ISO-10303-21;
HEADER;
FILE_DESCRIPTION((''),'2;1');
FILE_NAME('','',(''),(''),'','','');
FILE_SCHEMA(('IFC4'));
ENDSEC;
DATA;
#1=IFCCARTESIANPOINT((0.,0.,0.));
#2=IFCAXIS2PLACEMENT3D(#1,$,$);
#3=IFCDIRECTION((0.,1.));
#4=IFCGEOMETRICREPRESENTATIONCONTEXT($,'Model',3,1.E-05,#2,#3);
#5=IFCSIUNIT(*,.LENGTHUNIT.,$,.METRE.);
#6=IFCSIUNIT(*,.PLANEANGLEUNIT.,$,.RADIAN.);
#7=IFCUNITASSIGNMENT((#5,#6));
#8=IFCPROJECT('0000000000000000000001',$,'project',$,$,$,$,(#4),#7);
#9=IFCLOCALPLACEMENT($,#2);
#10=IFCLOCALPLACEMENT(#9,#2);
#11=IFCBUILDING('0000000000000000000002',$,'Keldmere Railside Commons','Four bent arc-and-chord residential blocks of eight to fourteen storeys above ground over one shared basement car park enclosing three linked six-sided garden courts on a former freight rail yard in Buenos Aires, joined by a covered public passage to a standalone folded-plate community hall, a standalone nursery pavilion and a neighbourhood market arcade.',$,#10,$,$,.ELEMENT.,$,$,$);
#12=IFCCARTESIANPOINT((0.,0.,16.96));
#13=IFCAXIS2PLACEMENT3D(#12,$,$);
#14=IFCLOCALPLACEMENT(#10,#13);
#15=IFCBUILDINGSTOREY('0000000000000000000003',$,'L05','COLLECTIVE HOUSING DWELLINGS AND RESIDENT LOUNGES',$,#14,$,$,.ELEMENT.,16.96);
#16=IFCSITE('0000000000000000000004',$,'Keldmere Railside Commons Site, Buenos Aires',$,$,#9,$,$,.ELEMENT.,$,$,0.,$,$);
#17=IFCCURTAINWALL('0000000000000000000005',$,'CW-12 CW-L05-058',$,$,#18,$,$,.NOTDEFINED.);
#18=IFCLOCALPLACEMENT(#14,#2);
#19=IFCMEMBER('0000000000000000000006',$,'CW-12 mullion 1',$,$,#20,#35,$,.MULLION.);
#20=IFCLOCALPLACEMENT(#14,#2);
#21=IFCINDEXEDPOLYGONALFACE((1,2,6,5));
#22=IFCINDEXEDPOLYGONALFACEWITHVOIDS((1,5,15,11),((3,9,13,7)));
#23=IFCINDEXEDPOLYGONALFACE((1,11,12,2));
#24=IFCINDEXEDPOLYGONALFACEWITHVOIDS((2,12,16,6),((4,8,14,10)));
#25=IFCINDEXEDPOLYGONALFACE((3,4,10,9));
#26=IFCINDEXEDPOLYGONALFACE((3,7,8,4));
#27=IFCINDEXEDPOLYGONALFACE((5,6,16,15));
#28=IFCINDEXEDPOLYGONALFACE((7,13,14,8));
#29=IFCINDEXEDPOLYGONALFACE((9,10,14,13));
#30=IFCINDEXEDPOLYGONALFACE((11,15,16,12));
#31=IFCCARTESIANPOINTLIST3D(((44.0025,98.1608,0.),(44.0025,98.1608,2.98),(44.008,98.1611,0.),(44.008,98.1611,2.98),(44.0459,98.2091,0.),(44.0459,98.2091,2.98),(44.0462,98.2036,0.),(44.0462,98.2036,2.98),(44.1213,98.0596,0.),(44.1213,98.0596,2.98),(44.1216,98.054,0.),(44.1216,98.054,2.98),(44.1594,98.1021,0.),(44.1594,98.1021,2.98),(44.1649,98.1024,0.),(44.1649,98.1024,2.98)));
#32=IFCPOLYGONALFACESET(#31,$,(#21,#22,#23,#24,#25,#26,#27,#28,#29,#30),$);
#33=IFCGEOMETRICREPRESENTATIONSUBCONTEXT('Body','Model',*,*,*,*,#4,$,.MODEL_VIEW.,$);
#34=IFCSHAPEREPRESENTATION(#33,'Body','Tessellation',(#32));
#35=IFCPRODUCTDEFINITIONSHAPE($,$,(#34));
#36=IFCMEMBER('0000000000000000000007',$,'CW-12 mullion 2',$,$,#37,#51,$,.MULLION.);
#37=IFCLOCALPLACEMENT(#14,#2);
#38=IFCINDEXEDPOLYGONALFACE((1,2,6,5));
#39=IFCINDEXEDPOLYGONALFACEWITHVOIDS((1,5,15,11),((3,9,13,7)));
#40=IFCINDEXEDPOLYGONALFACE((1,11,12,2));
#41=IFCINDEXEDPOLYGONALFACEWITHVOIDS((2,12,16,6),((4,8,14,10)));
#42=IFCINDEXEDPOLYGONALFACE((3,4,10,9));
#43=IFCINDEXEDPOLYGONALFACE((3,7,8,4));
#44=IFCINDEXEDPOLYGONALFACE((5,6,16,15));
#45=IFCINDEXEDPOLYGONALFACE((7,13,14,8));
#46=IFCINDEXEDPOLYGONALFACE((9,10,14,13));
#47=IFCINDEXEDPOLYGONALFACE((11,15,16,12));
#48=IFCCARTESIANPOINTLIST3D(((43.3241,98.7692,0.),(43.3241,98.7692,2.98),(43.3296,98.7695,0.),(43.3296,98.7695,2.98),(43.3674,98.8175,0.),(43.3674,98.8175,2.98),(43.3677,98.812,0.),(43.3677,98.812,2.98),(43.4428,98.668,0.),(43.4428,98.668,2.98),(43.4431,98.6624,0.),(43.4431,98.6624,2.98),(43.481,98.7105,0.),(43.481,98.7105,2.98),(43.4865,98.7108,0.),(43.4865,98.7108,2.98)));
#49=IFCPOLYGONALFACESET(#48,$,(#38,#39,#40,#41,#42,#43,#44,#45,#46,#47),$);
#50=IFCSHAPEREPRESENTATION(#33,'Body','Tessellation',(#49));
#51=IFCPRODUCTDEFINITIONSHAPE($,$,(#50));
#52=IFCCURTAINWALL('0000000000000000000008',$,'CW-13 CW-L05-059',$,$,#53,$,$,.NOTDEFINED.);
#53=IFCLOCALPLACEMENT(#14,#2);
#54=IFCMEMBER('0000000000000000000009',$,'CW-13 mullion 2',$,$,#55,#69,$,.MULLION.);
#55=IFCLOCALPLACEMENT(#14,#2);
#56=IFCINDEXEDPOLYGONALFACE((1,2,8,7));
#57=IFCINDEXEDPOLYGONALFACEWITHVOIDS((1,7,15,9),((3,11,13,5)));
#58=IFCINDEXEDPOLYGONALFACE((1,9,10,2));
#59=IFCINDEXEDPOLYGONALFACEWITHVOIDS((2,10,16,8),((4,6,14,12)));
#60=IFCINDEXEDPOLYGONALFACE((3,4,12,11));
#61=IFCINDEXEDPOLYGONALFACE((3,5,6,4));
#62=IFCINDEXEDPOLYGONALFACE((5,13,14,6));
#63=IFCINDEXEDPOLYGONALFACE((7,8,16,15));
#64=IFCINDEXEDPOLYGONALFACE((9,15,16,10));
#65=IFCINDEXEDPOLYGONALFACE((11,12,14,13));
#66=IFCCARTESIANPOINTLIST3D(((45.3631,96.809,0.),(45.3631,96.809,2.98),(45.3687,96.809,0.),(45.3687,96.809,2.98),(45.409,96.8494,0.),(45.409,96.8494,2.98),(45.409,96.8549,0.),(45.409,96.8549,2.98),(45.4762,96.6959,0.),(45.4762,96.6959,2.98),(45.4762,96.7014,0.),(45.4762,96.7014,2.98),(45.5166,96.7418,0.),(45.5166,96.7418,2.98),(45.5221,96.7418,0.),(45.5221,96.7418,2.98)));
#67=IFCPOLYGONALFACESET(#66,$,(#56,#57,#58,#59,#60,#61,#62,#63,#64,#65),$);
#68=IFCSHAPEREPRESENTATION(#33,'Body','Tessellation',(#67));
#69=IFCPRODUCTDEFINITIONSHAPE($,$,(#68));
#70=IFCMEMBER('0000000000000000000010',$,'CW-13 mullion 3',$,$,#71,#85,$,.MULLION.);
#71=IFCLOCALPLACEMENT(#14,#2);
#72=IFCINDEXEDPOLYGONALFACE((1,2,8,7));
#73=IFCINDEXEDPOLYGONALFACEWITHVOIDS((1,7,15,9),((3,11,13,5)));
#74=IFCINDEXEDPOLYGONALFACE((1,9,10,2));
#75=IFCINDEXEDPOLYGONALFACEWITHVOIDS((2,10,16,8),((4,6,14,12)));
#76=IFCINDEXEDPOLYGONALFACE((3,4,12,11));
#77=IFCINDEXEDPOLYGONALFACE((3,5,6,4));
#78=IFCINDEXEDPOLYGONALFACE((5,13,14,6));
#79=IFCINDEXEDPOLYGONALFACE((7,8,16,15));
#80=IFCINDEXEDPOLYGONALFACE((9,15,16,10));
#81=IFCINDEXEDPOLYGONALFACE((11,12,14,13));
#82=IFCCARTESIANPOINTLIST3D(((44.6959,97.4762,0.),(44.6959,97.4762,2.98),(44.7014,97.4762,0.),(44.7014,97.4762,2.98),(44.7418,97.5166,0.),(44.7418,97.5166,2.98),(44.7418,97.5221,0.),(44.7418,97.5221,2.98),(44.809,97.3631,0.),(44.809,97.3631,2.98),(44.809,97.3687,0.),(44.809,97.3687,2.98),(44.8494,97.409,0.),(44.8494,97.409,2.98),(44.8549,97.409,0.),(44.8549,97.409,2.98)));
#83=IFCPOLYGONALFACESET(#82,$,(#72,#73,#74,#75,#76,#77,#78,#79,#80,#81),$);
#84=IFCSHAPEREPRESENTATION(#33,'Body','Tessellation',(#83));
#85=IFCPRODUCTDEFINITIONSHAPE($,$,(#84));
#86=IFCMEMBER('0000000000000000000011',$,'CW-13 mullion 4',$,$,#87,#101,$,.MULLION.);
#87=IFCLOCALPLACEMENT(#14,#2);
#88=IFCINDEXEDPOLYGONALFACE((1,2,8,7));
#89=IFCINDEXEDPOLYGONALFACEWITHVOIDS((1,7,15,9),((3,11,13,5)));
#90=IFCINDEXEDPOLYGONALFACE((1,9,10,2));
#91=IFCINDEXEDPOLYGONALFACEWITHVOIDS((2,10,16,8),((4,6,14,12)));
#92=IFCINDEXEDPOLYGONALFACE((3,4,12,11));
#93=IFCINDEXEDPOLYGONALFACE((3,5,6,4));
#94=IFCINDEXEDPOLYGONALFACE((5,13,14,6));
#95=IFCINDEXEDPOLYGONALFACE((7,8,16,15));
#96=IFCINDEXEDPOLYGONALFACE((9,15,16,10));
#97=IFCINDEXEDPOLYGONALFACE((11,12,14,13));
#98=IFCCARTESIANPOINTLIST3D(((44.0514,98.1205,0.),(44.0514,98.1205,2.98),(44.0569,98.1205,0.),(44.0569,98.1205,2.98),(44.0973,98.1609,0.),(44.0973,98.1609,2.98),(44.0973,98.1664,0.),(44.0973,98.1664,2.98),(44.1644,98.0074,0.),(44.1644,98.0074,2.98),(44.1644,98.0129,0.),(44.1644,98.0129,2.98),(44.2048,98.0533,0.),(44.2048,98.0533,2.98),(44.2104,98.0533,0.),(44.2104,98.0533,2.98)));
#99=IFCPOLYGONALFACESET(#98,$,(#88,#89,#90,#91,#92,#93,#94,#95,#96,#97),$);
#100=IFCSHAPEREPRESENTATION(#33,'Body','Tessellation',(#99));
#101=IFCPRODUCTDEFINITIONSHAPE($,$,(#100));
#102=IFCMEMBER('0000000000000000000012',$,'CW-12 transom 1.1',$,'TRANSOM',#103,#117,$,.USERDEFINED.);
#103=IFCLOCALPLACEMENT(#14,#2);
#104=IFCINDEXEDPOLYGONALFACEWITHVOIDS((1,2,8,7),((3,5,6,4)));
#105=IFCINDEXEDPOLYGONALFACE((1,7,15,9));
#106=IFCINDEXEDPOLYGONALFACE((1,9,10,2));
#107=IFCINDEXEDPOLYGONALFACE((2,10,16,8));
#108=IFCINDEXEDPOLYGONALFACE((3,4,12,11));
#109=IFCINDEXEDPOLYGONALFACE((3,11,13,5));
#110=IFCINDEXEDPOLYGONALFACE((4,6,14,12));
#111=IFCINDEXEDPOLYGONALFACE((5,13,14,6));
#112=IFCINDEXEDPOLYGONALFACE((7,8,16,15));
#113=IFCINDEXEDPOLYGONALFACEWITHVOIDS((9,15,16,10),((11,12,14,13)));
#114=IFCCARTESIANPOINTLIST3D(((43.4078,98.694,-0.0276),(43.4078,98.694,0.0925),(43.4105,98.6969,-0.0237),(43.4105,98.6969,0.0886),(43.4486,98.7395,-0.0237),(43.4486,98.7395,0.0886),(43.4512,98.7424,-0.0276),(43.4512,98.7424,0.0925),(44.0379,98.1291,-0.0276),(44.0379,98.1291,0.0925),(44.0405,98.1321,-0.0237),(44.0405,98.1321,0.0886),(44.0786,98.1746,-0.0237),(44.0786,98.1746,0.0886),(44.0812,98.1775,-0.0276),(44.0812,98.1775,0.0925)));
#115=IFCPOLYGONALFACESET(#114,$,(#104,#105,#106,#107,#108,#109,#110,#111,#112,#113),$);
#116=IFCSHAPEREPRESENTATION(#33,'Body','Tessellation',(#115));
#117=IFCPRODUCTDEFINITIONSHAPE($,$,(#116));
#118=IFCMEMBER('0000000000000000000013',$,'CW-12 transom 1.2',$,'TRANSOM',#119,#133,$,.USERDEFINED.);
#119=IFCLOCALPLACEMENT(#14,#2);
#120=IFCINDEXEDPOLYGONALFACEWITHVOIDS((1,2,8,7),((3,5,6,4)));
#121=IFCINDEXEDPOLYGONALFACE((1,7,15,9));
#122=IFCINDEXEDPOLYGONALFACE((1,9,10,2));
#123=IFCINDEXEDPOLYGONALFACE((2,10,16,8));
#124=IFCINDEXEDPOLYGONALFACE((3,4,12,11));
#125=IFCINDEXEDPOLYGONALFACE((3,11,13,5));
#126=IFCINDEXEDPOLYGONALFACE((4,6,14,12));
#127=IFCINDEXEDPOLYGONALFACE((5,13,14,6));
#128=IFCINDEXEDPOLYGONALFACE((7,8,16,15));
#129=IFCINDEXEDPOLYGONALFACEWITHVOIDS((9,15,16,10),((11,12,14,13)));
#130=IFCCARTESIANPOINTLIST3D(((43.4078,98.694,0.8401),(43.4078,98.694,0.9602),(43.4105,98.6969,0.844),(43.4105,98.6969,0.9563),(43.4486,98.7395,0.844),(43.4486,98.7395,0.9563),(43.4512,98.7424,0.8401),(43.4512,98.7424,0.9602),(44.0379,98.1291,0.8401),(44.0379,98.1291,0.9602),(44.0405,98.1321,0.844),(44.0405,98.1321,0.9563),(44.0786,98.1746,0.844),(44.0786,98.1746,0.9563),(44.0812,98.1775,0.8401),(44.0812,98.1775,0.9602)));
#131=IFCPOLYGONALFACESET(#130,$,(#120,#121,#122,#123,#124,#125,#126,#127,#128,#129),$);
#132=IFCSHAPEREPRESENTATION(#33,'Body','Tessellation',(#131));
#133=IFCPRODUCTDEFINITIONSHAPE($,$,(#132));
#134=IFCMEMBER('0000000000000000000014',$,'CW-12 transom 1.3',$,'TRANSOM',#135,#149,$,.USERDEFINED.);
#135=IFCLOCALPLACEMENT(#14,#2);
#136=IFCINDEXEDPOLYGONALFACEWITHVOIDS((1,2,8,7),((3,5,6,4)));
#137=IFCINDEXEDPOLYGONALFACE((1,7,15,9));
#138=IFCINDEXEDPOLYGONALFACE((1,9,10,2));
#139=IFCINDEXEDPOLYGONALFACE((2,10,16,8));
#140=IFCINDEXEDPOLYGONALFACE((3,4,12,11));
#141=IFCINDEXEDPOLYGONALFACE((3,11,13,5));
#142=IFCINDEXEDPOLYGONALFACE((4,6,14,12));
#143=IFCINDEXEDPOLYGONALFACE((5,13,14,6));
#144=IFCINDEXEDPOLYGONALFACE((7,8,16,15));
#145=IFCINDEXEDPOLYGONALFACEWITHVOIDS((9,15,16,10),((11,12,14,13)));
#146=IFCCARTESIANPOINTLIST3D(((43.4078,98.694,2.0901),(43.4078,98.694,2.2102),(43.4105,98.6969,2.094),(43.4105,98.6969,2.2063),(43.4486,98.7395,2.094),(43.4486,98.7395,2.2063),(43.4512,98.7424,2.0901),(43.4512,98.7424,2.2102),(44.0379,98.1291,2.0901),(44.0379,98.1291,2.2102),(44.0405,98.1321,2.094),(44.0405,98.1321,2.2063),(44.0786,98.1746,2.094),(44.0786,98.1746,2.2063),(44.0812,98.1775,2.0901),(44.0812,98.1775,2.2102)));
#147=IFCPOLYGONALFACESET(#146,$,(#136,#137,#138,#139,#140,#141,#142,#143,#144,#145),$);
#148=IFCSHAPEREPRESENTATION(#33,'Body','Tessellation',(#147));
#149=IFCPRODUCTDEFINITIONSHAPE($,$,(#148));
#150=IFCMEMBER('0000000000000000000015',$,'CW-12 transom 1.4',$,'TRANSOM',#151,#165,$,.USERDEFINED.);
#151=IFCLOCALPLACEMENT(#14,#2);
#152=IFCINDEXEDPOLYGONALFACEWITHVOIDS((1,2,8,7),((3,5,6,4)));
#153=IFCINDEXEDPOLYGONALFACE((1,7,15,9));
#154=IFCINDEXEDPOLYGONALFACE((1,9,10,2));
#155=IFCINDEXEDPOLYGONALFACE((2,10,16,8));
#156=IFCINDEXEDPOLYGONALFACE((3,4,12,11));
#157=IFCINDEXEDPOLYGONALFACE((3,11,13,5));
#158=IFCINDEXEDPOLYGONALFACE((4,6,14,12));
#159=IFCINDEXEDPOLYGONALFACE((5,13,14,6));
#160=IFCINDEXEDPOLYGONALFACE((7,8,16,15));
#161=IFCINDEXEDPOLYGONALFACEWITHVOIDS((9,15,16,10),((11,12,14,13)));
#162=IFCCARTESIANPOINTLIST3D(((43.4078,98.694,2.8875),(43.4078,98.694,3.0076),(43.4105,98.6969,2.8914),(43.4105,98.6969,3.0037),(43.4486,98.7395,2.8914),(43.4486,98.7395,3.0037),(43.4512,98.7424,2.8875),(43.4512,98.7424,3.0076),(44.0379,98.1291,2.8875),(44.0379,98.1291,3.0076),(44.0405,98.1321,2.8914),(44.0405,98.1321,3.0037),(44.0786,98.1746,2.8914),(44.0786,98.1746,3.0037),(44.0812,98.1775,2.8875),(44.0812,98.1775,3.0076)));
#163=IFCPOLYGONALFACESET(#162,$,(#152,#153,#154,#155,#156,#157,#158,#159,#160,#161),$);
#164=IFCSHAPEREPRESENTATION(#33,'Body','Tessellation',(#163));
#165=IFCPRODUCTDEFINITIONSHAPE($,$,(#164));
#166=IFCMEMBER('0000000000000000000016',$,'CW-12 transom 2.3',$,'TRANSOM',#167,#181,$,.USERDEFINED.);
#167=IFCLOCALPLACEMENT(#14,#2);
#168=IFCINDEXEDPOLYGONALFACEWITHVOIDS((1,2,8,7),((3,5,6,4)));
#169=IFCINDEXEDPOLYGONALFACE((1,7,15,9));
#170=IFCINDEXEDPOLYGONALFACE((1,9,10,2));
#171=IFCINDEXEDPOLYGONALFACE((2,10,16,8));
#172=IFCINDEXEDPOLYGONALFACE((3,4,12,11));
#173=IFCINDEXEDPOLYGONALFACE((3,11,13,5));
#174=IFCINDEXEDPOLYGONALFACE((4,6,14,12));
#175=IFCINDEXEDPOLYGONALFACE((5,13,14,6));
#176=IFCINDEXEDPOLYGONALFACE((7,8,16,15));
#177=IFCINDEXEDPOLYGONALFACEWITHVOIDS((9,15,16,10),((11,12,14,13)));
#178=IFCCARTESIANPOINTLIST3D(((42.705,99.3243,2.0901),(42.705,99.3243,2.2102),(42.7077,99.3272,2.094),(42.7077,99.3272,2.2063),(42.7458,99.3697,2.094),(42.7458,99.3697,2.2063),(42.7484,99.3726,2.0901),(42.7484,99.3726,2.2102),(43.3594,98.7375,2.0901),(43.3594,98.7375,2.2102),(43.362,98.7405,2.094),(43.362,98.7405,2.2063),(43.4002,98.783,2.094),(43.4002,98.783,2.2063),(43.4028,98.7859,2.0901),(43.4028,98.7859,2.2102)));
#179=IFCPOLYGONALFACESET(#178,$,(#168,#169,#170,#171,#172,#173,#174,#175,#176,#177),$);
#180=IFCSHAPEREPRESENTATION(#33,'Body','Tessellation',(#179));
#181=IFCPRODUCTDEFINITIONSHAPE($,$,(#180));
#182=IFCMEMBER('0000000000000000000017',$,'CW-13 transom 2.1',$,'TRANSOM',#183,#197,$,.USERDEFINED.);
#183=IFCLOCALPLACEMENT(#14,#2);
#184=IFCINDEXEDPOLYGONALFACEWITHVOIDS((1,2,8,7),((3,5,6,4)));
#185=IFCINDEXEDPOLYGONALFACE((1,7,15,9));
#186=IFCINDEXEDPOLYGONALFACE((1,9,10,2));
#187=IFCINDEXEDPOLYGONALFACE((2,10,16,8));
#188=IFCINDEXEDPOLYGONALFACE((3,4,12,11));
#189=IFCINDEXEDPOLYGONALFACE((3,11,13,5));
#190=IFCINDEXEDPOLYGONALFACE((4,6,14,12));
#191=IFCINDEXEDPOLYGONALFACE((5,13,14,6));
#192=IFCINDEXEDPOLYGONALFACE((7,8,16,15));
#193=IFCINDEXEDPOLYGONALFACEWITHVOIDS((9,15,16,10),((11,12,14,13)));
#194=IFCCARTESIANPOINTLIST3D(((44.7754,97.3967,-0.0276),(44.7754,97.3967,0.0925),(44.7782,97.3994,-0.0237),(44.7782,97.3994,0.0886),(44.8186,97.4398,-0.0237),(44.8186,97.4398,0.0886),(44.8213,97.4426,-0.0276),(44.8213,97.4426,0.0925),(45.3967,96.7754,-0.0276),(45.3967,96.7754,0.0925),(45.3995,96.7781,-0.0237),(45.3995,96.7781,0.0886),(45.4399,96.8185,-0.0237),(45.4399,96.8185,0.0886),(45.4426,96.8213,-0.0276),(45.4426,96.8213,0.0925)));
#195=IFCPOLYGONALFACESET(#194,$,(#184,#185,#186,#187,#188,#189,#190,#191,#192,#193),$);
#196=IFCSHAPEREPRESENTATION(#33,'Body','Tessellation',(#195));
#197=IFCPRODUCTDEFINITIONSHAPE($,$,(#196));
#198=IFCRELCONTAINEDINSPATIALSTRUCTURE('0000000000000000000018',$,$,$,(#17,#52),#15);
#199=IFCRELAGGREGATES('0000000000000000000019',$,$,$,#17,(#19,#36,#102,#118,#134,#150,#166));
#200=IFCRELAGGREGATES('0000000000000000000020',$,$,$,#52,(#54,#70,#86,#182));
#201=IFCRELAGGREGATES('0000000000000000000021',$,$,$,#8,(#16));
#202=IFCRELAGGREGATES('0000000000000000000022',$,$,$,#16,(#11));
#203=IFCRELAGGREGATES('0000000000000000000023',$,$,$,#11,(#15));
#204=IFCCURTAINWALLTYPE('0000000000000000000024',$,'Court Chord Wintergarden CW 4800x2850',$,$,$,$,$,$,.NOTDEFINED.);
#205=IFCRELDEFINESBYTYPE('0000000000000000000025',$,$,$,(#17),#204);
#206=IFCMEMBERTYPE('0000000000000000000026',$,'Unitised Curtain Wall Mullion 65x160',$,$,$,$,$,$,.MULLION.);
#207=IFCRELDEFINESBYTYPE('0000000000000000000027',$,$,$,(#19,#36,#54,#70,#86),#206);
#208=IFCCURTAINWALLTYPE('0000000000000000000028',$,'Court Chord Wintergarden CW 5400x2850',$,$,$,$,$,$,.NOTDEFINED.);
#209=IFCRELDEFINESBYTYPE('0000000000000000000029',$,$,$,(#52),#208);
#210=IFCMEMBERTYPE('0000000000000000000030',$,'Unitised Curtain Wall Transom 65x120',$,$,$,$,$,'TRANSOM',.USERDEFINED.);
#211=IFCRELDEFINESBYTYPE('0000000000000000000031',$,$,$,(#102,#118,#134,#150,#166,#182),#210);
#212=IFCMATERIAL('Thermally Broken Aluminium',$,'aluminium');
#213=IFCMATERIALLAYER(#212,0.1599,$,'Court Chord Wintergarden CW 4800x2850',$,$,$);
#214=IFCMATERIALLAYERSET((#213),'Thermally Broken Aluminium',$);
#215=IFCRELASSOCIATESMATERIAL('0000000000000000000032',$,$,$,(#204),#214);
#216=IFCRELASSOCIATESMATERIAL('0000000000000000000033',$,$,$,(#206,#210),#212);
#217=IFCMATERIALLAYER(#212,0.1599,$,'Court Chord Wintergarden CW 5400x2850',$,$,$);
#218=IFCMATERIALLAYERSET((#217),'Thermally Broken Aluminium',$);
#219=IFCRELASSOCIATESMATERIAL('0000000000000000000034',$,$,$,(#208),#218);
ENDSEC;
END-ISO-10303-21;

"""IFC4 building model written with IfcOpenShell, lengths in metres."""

from ifc_helpers import new_model, si_unit, direction, frame, origin, origin_2d, place, context, subcontext, project, spatial, hollow_rectangle, extrude, material, layer, layer_set, material_profile, profile_set, type_object, element, aggregate, save


model = new_model("IFC4")

# Units and contexts
model_context = context("Model", 3, precision=1e-05, world=origin(), true_north=direction((0.0, 1.0)))
body_context = subcontext(model_context, "Body", "Model", "MODEL_VIEW")
ifc_project = project(units=[si_unit("LENGTHUNIT", "METRE"), si_unit("PLANEANGLEUNIT", "RADIAN")], contexts=[model_context])

# Site, building, storey
site_placement = place(None, origin())
site = spatial("IfcSite", under=ifc_project, at=site_placement, Name="Keldmere Railside Commons Site, Buenos Aires", CompositionType="ELEMENT", RefElevation=0.0)
building_placement = place(site_placement, origin())
building = spatial("IfcBuilding", under=site, at=building_placement, Name="Keldmere Railside Commons", Description="Four bent arc-and-chord residential blocks of eight to fourteen storeys above ground over one shared basement car park enclosing three linked six-sided garden courts on a former freight rail yard in Buenos Aires, joined by a covered public passage to a standalone folded-plate community hall, a standalone nursery pavilion and a neighbourhood market arcade.", CompositionType="ELEMENT")
storey_placement = place(building_placement, frame((0.0, 0.0, 16.96)))
storey = spatial("IfcBuildingStorey", under=building, at=storey_placement, Name="L05", Description="COLLECTIVE HOUSING DWELLINGS AND RESIDENT LOUNGES", CompositionType="ELEMENT", Elevation=16.96)

# Curtain walls, members
ifc_material_1 = material(Name="Thermally Broken Aluminium", Category="aluminium")
ifc_layer_1 = layer(ifc_material_1, 0.1599, Name="Court Chord Wintergarden CW 4800x2850")
ifc_layer_set_1 = layer_set([ifc_layer_1], Name="Thermally Broken Aluminium")
curtain_wall_type_1 = type_object("IfcCurtainWallType", Name="Court Chord Wintergarden CW 4800x2850", PredefinedType="NOTDEFINED", material=ifc_layer_set_1)
curtain_wall_1_placement = place(storey_placement, origin())
curtain_wall_1 = element("IfcCurtainWall", 1, at=curtain_wall_1_placement, inside=storey, type_object=curtain_wall_type_1, Name="CW-12 CW-L05-058", PredefinedType="NOTDEFINED")
ifc_material_profile_1 = material_profile(ifc_material_1, hollow_rectangle(XDim=0.0649, YDim=0.1599, WallThickness=0.0039, at=origin_2d()), Name="ALU-MULL-65x160")
ifc_profile_set_1 = profile_set([ifc_material_profile_1], Name="Thermally Broken Aluminium")
member_type_1 = type_object("IfcMemberType", Name="Unitised Curtain Wall Mullion 65x160", PredefinedType="MULLION", material=ifc_profile_set_1)
member_1_placement = place(storey_placement, frame((44.0837, 98.1316, 0.0), z_axis=(0.0, 0.0, 1.0), x_axis=(-0.667559, -0.744557, 0.0)))
member_1 = element("IfcMember", 2, at=member_1_placement, type_object=member_type_1, Name="CW-12 mullion 1", PredefinedType="MULLION", context=body_context, shape_type="SweptSolid", body=[
    extrude(hollow_rectangle(XDim=0.0649, YDim=0.1599, WallThickness=0.0039, at=origin_2d()), origin(), (0.0, 0.0, 1.0), 2.98),
])
member_2_placement = place(storey_placement, frame((43.4053, 98.74, 0.0), z_axis=(0.0, 0.0, 1.0), x_axis=(-0.667559, -0.744557, 0.0)))
member_2 = element("IfcMember", 3, at=member_2_placement, type_object=member_type_1, Name="CW-12 mullion 2", PredefinedType="MULLION", context=body_context, shape_type="SweptSolid", body=[
    extrude(hollow_rectangle(XDim=0.0649, YDim=0.1599, WallThickness=0.0039, at=origin_2d()), origin(), (0.0, 0.0, 1.0), 2.98),
])
ifc_layer_2 = layer(ifc_material_1, 0.1599, Name="Court Chord Wintergarden CW 5400x2850")
ifc_layer_set_2 = layer_set([ifc_layer_2], Name="Thermally Broken Aluminium")
curtain_wall_type_2 = type_object("IfcCurtainWallType", Name="Court Chord Wintergarden CW 5400x2850", PredefinedType="NOTDEFINED", material=ifc_layer_set_2)
curtain_wall_2_placement = place(storey_placement, origin())
curtain_wall_2 = element("IfcCurtainWall", 4, at=curtain_wall_2_placement, inside=storey, type_object=curtain_wall_type_2, Name="CW-13 CW-L05-059", PredefinedType="NOTDEFINED")
member_3_placement = place(storey_placement, frame((45.4426, 96.7754, 0.0), z_axis=(0.0, 0.0, 1.0), x_axis=(-0.707107, -0.707107, 0.0)))
member_3 = element("IfcMember", 5, at=member_3_placement, type_object=member_type_1, Name="CW-13 mullion 2", PredefinedType="MULLION", context=body_context, shape_type="SweptSolid", body=[
    extrude(hollow_rectangle(XDim=0.0649, YDim=0.1599, WallThickness=0.0039, at=origin_2d()), origin(), (0.0, 0.0, 1.0), 2.98),
])
member_4_placement = place(storey_placement, frame((44.7754, 97.4426, 0.0), z_axis=(0.0, 0.0, 1.0), x_axis=(-0.707107, -0.707107, 0.0)))
member_4 = element("IfcMember", 6, at=member_4_placement, type_object=member_type_1, Name="CW-13 mullion 3", PredefinedType="MULLION", context=body_context, shape_type="SweptSolid", body=[
    extrude(hollow_rectangle(XDim=0.0649, YDim=0.1599, WallThickness=0.0039, at=origin_2d()), origin(), (0.0, 0.0, 1.0), 2.98),
])
member_5_placement = place(storey_placement, frame((44.1309, 98.0869, 0.0), z_axis=(0.0, 0.0, 1.0), x_axis=(-0.707107, -0.707107, 0.0)))
member_5 = element("IfcMember", 7, at=member_5_placement, type_object=member_type_1, Name="CW-13 mullion 4", PredefinedType="MULLION", context=body_context, shape_type="SweptSolid", body=[
    extrude(hollow_rectangle(XDim=0.0649, YDim=0.1599, WallThickness=0.0039, at=origin_2d()), origin(), (0.0, 0.0, 1.0), 2.98),
])

# Members
ifc_material_profile_2 = material_profile(ifc_material_1, hollow_rectangle(XDim=0.0649, YDim=0.1201, WallThickness=0.0039, at=origin_2d()), Name="ALU-TRAN-65x120")
ifc_profile_set_2 = profile_set([ifc_material_profile_2], Name="Thermally Broken Aluminium")
member_type_2 = type_object("IfcMemberType", Name="Unitised Curtain Wall Transom 65x120", ElementType="TRANSOM", PredefinedType="USERDEFINED", material=ifc_profile_set_2)
member_6_placement = place(storey_placement, frame((44.0596, 98.1533, 0.0325), z_axis=(-0.744569, 0.667545, 0.0), x_axis=(-0.667545, -0.744569, 0.0)))
member_6 = element("IfcMember", 8, at=member_6_placement, type_object=member_type_2, Name="CW-12 transom 1.1", ObjectType="TRANSOM", PredefinedType="USERDEFINED", context=body_context, shape_type="SweptSolid", body=[
    extrude(hollow_rectangle(XDim=0.0649, YDim=0.1201, WallThickness=0.0039, at=origin_2d()), origin(), (0.0, 0.0, 1.0), 0.8462),
])
member_7_placement = place(storey_placement, frame((44.0596, 98.1533, 0.9001), z_axis=(-0.744569, 0.667545, 0.0), x_axis=(-0.667545, -0.744569, 0.0)))
member_7 = element("IfcMember", 9, at=member_7_placement, type_object=member_type_2, Name="CW-12 transom 1.2", ObjectType="TRANSOM", PredefinedType="USERDEFINED", context=body_context, shape_type="SweptSolid", body=[
    extrude(hollow_rectangle(XDim=0.0649, YDim=0.1201, WallThickness=0.0039, at=origin_2d()), origin(), (0.0, 0.0, 1.0), 0.8462),
])
member_8_placement = place(storey_placement, frame((44.0596, 98.1533, 2.1501), z_axis=(-0.744569, 0.667545, 0.0), x_axis=(-0.667545, -0.744569, 0.0)))
member_8 = element("IfcMember", 10, at=member_8_placement, type_object=member_type_2, Name="CW-12 transom 1.3", ObjectType="TRANSOM", PredefinedType="USERDEFINED", context=body_context, shape_type="SweptSolid", body=[
    extrude(hollow_rectangle(XDim=0.0649, YDim=0.1201, WallThickness=0.0039, at=origin_2d()), origin(), (0.0, 0.0, 1.0), 0.8462),
])
member_9_placement = place(storey_placement, frame((44.0596, 98.1533, 2.9475), z_axis=(-0.744569, 0.667545, 0.0), x_axis=(-0.667545, -0.744569, 0.0)))
member_9 = element("IfcMember", 11, at=member_9_placement, type_object=member_type_2, Name="CW-12 transom 1.4", ObjectType="TRANSOM", PredefinedType="USERDEFINED", context=body_context, shape_type="SweptSolid", body=[
    extrude(hollow_rectangle(XDim=0.0649, YDim=0.1201, WallThickness=0.0039, at=origin_2d()), origin(), (0.0, 0.0, 1.0), 0.8462),
])
member_10_placement = place(storey_placement, frame((43.3811, 98.7617, 2.1501), z_axis=(-0.744536, 0.667582, 0.0), x_axis=(-0.667582, -0.744536, 0.0)))
member_10 = element("IfcMember", 12, at=member_10_placement, type_object=member_type_2, Name="CW-12 transom 2.3", ObjectType="TRANSOM", PredefinedType="USERDEFINED", context=body_context, shape_type="SweptSolid", body=[
    extrude(hollow_rectangle(XDim=0.0649, YDim=0.1201, WallThickness=0.0039, at=origin_2d()), origin(), (0.0, 0.0, 1.0), 0.8789),
])
member_11_placement = place(storey_placement, frame((45.4197, 96.7983, 0.0325), z_axis=(-0.707107, 0.707107, 0.0), x_axis=(-0.707107, -0.707107, 0.0)))
member_11 = element("IfcMember", 13, at=member_11_placement, type_object=member_type_2, Name="CW-13 transom 2.1", ObjectType="TRANSOM", PredefinedType="USERDEFINED", context=body_context, shape_type="SweptSolid", body=[
    extrude(hollow_rectangle(XDim=0.0649, YDim=0.1201, WallThickness=0.0039, at=origin_2d()), origin(), (0.0, 0.0, 1.0), 0.8787),
])

aggregate(curtain_wall_1, [member_1, member_2, member_6, member_7, member_8, member_9, member_10])
aggregate(curtain_wall_2, [member_3, member_4, member_5, member_11])

save(model, "model.ifc")
